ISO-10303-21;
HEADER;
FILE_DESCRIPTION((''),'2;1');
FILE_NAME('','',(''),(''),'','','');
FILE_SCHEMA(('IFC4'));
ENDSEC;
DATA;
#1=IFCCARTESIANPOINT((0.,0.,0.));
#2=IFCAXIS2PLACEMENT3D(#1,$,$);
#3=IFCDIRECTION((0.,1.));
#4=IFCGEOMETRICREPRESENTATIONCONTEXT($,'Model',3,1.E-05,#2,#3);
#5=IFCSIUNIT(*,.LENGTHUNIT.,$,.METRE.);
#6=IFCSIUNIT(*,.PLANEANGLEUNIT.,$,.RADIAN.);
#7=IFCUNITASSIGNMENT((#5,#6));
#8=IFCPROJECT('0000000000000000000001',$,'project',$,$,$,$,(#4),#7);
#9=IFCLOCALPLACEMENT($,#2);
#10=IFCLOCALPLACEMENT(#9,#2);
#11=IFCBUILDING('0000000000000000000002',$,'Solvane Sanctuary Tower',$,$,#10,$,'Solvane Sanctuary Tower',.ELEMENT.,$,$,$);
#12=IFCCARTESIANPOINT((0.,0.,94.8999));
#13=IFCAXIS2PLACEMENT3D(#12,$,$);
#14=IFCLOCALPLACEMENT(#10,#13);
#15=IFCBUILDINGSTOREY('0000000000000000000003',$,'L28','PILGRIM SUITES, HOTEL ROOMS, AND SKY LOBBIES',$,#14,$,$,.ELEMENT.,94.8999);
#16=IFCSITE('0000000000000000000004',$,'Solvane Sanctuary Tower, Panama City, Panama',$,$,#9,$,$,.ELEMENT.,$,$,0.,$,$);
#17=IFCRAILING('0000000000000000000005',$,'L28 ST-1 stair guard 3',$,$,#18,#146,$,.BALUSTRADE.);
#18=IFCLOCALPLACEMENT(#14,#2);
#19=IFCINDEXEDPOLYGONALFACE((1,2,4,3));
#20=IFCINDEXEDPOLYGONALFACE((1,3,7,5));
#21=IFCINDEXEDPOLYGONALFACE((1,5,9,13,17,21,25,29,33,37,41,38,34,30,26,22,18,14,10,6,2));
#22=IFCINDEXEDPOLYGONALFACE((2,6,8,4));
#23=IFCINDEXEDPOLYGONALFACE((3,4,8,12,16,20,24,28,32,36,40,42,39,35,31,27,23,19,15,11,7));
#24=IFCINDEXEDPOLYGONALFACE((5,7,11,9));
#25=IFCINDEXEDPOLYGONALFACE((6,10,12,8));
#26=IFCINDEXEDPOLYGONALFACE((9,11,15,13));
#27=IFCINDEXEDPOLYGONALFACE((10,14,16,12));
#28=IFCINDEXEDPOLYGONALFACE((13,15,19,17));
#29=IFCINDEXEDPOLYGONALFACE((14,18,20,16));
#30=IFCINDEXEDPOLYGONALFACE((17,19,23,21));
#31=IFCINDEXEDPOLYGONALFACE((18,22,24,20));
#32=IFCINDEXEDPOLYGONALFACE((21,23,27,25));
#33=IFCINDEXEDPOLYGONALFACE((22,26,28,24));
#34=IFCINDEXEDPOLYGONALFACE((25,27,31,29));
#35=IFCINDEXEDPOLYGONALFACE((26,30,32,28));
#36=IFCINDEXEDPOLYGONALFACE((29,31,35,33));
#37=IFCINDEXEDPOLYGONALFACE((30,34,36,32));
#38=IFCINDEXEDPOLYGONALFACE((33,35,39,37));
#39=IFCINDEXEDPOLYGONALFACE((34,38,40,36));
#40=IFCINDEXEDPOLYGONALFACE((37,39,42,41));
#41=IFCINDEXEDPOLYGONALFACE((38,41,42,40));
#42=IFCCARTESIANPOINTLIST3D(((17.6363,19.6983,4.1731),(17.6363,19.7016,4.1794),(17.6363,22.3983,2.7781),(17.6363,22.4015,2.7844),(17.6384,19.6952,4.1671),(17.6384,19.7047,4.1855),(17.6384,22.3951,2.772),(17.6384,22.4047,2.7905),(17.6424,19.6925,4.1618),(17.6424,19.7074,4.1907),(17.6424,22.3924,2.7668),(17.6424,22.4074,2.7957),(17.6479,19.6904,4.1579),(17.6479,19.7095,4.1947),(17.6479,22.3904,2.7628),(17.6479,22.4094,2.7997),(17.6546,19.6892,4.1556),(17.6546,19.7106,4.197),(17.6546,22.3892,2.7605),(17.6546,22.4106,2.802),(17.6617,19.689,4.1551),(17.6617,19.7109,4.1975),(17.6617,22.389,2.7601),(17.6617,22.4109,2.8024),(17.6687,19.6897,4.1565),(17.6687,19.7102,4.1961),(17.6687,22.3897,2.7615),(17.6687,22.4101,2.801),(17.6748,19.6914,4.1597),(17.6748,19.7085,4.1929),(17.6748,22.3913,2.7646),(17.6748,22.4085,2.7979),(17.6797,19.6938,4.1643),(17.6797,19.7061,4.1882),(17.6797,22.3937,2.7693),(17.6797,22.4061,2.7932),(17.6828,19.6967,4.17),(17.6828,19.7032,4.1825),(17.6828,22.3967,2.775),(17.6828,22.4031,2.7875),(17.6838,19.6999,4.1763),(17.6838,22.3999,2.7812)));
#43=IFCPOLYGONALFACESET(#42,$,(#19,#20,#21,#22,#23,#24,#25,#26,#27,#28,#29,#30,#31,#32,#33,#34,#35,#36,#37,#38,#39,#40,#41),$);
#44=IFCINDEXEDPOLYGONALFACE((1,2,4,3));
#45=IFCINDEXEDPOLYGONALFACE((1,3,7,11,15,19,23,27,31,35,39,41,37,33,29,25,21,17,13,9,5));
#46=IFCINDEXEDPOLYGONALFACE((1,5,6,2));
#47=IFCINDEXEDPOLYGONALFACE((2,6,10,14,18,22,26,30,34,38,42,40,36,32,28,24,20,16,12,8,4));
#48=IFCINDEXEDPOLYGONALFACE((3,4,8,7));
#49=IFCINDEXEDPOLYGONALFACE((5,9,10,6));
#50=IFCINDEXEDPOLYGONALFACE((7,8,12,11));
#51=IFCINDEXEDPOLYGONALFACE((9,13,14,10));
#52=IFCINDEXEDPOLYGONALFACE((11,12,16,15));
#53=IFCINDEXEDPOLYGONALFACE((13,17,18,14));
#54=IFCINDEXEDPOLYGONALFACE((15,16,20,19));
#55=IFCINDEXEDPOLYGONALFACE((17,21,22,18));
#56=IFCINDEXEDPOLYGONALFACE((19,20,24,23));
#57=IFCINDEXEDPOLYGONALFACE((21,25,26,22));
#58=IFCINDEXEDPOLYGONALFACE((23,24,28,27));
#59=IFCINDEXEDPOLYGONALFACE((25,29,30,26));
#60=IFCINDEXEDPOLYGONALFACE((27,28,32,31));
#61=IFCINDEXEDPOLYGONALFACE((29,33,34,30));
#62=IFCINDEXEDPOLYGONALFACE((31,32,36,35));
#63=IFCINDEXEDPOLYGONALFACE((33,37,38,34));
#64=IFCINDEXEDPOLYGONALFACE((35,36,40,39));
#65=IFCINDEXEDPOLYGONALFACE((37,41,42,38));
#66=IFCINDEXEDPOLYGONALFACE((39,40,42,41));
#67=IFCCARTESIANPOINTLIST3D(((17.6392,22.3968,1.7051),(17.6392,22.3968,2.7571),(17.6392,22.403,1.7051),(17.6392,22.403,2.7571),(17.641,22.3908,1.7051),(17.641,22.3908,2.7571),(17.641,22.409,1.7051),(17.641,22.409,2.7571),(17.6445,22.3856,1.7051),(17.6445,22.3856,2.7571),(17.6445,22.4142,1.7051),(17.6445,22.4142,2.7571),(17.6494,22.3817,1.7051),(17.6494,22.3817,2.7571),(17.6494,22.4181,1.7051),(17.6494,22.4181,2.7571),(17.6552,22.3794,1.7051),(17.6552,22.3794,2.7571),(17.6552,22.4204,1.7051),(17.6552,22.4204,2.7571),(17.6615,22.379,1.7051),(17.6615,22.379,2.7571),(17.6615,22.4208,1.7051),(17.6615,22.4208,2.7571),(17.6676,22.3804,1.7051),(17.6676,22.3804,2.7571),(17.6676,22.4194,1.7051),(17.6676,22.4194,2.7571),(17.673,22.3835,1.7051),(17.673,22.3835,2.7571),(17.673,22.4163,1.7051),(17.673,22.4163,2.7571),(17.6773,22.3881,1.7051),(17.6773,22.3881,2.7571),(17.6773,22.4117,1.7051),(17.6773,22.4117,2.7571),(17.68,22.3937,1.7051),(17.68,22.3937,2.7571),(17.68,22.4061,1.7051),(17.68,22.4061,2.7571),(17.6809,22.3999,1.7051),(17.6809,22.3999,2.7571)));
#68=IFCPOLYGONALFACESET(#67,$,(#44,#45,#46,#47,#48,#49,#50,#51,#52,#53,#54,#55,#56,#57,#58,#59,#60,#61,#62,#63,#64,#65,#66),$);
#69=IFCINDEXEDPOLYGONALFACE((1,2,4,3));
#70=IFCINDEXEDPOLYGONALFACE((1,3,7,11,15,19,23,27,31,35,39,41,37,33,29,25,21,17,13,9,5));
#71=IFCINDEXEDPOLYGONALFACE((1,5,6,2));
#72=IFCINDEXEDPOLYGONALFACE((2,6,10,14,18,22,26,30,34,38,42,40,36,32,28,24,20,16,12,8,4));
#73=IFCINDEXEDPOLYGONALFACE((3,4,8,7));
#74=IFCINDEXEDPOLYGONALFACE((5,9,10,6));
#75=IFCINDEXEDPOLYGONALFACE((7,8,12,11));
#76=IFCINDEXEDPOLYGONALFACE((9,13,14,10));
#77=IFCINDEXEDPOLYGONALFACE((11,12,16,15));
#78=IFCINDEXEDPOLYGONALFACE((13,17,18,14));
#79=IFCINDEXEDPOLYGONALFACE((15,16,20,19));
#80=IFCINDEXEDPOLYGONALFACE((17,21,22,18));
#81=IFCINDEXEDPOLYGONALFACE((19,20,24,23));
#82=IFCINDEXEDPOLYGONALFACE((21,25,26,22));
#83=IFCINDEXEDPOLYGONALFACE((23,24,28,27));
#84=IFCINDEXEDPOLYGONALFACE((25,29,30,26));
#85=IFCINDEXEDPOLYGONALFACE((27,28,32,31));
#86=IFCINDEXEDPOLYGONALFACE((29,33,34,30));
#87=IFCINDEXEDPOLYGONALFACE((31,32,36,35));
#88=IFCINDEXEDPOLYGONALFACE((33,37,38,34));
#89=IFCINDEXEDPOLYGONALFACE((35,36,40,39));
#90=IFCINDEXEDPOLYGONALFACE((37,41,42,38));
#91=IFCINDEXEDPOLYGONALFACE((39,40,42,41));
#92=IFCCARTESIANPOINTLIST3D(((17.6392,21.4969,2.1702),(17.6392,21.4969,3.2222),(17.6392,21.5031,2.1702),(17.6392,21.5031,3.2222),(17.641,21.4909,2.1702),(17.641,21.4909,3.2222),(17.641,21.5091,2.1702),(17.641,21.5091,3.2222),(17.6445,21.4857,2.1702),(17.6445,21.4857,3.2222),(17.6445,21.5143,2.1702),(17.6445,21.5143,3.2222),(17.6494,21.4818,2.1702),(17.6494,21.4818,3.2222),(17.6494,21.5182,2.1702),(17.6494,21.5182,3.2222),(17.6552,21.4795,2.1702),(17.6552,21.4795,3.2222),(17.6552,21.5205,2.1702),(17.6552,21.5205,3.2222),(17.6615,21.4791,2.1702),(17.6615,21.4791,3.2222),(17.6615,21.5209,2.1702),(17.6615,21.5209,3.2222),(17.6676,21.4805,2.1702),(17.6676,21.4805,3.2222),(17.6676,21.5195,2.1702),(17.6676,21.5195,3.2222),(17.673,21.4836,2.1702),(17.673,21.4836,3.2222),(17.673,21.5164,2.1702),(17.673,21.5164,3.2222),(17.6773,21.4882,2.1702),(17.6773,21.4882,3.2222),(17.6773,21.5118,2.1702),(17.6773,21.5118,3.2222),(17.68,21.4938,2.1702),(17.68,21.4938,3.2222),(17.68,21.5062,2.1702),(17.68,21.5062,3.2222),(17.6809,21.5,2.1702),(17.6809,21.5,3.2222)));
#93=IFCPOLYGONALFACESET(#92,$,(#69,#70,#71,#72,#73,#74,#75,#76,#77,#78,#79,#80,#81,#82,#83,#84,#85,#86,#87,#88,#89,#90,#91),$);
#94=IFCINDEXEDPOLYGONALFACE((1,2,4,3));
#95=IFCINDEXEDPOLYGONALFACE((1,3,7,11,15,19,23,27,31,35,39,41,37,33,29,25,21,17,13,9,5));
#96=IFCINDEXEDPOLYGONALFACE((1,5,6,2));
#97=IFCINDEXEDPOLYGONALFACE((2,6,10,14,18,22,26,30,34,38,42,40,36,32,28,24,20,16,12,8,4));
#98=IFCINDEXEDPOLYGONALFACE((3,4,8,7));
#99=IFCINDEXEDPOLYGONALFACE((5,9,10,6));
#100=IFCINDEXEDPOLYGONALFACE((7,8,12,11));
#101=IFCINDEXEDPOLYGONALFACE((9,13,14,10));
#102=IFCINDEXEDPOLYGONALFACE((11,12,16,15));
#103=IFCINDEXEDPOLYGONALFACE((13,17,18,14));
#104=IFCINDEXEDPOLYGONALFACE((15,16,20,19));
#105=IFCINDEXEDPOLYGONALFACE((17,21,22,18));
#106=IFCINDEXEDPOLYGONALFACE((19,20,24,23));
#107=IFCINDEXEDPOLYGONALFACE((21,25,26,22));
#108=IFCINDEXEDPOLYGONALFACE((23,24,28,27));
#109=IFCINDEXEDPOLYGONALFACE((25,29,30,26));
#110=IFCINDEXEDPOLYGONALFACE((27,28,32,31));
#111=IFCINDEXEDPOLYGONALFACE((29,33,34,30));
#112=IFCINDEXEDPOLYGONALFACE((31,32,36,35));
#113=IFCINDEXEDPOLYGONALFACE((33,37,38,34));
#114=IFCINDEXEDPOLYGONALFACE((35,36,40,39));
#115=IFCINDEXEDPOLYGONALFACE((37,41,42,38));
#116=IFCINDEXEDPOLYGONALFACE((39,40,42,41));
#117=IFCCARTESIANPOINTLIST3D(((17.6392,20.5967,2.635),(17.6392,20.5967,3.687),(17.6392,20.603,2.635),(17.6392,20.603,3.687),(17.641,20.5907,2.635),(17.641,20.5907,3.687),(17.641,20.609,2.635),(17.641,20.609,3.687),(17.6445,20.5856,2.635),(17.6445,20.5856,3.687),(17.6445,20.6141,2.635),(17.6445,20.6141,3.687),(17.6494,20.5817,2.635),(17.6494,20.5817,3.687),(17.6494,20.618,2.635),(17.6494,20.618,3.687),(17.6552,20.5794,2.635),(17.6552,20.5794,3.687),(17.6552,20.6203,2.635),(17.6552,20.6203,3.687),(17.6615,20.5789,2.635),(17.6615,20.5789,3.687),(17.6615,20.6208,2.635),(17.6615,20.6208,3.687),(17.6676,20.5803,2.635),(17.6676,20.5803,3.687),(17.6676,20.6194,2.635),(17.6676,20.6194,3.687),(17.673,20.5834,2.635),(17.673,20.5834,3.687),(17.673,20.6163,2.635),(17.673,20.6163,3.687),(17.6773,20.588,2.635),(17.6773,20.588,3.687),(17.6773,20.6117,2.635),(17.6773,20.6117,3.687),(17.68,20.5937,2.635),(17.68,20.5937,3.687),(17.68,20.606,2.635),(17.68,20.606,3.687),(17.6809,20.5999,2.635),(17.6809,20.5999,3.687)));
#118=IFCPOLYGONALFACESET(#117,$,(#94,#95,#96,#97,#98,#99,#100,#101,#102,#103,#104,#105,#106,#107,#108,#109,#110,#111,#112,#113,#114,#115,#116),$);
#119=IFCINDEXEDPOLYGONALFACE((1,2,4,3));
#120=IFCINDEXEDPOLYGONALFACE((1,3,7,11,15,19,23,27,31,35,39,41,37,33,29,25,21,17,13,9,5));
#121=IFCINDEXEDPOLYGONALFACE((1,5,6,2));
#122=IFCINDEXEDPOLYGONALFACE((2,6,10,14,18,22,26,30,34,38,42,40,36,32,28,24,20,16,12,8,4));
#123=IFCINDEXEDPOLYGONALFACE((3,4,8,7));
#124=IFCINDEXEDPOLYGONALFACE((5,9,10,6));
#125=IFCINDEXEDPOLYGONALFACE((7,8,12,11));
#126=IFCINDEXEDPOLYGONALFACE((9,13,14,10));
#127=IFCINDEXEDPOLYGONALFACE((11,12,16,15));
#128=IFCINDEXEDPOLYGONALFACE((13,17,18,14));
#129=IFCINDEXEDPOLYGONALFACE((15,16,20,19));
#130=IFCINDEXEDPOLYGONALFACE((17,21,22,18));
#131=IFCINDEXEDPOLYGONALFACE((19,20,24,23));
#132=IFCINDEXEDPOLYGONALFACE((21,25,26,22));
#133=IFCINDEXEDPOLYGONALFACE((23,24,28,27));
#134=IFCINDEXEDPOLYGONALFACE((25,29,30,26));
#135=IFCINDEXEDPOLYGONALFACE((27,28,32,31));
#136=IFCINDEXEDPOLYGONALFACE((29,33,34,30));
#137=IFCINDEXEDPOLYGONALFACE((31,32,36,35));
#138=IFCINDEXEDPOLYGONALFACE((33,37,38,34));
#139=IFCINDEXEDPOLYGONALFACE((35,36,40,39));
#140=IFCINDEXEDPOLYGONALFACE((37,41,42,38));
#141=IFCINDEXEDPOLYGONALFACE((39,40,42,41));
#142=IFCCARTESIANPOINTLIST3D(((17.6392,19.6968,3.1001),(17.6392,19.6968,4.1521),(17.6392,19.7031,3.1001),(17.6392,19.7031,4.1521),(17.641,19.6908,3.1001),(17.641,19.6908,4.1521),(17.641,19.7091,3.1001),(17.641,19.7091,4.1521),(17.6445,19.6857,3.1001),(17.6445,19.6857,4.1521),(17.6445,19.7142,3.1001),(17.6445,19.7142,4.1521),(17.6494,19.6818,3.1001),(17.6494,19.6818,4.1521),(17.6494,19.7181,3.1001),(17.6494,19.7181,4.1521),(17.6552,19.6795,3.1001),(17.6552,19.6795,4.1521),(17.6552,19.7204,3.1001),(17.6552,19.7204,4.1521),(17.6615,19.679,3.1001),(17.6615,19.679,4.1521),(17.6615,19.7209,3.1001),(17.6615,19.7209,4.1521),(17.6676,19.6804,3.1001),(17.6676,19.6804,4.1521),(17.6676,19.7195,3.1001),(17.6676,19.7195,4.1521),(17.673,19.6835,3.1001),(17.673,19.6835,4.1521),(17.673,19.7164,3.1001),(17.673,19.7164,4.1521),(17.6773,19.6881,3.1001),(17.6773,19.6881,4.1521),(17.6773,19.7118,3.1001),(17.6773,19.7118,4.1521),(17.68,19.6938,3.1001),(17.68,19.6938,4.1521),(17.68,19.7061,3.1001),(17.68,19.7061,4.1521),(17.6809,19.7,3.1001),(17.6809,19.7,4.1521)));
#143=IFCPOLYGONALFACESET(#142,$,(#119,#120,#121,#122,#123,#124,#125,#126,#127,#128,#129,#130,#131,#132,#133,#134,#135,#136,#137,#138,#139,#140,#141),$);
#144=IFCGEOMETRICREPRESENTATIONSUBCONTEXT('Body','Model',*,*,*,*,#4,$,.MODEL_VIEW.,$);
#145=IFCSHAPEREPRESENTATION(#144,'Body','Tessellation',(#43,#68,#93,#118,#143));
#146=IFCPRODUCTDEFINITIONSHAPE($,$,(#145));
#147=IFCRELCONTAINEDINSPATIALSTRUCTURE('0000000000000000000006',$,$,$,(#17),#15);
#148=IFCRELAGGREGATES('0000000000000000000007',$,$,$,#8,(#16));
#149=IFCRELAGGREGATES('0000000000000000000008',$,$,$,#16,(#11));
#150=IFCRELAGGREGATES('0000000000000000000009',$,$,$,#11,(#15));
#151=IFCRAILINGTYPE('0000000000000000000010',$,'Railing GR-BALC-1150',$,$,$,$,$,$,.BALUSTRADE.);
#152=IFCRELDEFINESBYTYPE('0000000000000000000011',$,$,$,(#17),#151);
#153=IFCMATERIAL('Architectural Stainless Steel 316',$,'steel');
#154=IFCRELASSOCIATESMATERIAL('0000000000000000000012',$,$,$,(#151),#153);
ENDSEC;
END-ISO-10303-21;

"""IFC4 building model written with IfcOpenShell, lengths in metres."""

from ifc_helpers import new_model, si_unit, direction, frame, origin, origin_2d, place, context, subcontext, project, spatial, circle, extrude, material, type_object, element, save


model = new_model("IFC4")

# Units and contexts
model_context = context("Model", 3, precision=1e-05, world=origin(), true_north=direction((0.0, 1.0)))
body_context = subcontext(model_context, "Body", "Model", "MODEL_VIEW")
ifc_project = project(units=[si_unit("LENGTHUNIT", "METRE"), si_unit("PLANEANGLEUNIT", "RADIAN")], contexts=[model_context])

# Site, building, storey
site_placement = place(None, origin())
site = spatial("IfcSite", under=ifc_project, at=site_placement, Name="Solvane Sanctuary Tower, Panama City, Panama", CompositionType="ELEMENT", RefElevation=0.0)
building_placement = place(site_placement, origin())
building = spatial("IfcBuilding", under=site, at=building_placement, Name="Solvane Sanctuary Tower", LongName="Solvane Sanctuary Tower", CompositionType="ELEMENT")
storey_placement = place(building_placement, frame((0.0, 0.0, 94.8999)))
storey = spatial("IfcBuildingStorey", under=building, at=storey_placement, Name="L28", Description="PILGRIM SUITES, HOTEL ROOMS, AND SKY LOBBIES", CompositionType="ELEMENT", Elevation=94.8999)

# Shared definitions
ifc_material_1 = material(Name="Architectural Stainless Steel 316", Category="steel")

# Railing
railing_type_1 = type_object("IfcRailingType", Name="Railing GR-BALC-1150", PredefinedType="BALUSTRADE", material=ifc_material_1)
railing_1_placement = place(storey_placement, frame((17.6599, 22.3999, 1.7051)))
element("IfcRailing", 1, at=railing_1_placement, inside=storey, type_object=railing_type_1, Name="L28 ST-1 stair guard 3", PredefinedType="BALUSTRADE", context=body_context, shape_type="SweptSolid", body=[
    extrude(circle(Radius=0.0239, at=origin_2d()), frame((0.0, 0.0, 1.0762), z_axis=(0.0, -0.88842, 0.459032), x_axis=(1.0, 0.0, 0.0)), (0.0, 0.0, 1.0), 3.0391),
    extrude(circle(Radius=0.021, at=origin_2d()), origin(), (0.0, 0.0, 1.0), 1.052),
    extrude(circle(Radius=0.021, at=origin_2d()), frame((0.0, -0.8999, 0.4651)), (0.0, 0.0, 1.0), 1.052),
    extrude(circle(Radius=0.021, at=origin_2d()), frame((0.0, -1.8, 0.9299)), (0.0, 0.0, 1.0), 1.052),
    extrude(circle(Radius=0.021, at=origin_2d()), frame((0.0, -2.7, 1.395)), (0.0, 0.0, 1.0), 1.052),
])

save(model, "model.ifc")
